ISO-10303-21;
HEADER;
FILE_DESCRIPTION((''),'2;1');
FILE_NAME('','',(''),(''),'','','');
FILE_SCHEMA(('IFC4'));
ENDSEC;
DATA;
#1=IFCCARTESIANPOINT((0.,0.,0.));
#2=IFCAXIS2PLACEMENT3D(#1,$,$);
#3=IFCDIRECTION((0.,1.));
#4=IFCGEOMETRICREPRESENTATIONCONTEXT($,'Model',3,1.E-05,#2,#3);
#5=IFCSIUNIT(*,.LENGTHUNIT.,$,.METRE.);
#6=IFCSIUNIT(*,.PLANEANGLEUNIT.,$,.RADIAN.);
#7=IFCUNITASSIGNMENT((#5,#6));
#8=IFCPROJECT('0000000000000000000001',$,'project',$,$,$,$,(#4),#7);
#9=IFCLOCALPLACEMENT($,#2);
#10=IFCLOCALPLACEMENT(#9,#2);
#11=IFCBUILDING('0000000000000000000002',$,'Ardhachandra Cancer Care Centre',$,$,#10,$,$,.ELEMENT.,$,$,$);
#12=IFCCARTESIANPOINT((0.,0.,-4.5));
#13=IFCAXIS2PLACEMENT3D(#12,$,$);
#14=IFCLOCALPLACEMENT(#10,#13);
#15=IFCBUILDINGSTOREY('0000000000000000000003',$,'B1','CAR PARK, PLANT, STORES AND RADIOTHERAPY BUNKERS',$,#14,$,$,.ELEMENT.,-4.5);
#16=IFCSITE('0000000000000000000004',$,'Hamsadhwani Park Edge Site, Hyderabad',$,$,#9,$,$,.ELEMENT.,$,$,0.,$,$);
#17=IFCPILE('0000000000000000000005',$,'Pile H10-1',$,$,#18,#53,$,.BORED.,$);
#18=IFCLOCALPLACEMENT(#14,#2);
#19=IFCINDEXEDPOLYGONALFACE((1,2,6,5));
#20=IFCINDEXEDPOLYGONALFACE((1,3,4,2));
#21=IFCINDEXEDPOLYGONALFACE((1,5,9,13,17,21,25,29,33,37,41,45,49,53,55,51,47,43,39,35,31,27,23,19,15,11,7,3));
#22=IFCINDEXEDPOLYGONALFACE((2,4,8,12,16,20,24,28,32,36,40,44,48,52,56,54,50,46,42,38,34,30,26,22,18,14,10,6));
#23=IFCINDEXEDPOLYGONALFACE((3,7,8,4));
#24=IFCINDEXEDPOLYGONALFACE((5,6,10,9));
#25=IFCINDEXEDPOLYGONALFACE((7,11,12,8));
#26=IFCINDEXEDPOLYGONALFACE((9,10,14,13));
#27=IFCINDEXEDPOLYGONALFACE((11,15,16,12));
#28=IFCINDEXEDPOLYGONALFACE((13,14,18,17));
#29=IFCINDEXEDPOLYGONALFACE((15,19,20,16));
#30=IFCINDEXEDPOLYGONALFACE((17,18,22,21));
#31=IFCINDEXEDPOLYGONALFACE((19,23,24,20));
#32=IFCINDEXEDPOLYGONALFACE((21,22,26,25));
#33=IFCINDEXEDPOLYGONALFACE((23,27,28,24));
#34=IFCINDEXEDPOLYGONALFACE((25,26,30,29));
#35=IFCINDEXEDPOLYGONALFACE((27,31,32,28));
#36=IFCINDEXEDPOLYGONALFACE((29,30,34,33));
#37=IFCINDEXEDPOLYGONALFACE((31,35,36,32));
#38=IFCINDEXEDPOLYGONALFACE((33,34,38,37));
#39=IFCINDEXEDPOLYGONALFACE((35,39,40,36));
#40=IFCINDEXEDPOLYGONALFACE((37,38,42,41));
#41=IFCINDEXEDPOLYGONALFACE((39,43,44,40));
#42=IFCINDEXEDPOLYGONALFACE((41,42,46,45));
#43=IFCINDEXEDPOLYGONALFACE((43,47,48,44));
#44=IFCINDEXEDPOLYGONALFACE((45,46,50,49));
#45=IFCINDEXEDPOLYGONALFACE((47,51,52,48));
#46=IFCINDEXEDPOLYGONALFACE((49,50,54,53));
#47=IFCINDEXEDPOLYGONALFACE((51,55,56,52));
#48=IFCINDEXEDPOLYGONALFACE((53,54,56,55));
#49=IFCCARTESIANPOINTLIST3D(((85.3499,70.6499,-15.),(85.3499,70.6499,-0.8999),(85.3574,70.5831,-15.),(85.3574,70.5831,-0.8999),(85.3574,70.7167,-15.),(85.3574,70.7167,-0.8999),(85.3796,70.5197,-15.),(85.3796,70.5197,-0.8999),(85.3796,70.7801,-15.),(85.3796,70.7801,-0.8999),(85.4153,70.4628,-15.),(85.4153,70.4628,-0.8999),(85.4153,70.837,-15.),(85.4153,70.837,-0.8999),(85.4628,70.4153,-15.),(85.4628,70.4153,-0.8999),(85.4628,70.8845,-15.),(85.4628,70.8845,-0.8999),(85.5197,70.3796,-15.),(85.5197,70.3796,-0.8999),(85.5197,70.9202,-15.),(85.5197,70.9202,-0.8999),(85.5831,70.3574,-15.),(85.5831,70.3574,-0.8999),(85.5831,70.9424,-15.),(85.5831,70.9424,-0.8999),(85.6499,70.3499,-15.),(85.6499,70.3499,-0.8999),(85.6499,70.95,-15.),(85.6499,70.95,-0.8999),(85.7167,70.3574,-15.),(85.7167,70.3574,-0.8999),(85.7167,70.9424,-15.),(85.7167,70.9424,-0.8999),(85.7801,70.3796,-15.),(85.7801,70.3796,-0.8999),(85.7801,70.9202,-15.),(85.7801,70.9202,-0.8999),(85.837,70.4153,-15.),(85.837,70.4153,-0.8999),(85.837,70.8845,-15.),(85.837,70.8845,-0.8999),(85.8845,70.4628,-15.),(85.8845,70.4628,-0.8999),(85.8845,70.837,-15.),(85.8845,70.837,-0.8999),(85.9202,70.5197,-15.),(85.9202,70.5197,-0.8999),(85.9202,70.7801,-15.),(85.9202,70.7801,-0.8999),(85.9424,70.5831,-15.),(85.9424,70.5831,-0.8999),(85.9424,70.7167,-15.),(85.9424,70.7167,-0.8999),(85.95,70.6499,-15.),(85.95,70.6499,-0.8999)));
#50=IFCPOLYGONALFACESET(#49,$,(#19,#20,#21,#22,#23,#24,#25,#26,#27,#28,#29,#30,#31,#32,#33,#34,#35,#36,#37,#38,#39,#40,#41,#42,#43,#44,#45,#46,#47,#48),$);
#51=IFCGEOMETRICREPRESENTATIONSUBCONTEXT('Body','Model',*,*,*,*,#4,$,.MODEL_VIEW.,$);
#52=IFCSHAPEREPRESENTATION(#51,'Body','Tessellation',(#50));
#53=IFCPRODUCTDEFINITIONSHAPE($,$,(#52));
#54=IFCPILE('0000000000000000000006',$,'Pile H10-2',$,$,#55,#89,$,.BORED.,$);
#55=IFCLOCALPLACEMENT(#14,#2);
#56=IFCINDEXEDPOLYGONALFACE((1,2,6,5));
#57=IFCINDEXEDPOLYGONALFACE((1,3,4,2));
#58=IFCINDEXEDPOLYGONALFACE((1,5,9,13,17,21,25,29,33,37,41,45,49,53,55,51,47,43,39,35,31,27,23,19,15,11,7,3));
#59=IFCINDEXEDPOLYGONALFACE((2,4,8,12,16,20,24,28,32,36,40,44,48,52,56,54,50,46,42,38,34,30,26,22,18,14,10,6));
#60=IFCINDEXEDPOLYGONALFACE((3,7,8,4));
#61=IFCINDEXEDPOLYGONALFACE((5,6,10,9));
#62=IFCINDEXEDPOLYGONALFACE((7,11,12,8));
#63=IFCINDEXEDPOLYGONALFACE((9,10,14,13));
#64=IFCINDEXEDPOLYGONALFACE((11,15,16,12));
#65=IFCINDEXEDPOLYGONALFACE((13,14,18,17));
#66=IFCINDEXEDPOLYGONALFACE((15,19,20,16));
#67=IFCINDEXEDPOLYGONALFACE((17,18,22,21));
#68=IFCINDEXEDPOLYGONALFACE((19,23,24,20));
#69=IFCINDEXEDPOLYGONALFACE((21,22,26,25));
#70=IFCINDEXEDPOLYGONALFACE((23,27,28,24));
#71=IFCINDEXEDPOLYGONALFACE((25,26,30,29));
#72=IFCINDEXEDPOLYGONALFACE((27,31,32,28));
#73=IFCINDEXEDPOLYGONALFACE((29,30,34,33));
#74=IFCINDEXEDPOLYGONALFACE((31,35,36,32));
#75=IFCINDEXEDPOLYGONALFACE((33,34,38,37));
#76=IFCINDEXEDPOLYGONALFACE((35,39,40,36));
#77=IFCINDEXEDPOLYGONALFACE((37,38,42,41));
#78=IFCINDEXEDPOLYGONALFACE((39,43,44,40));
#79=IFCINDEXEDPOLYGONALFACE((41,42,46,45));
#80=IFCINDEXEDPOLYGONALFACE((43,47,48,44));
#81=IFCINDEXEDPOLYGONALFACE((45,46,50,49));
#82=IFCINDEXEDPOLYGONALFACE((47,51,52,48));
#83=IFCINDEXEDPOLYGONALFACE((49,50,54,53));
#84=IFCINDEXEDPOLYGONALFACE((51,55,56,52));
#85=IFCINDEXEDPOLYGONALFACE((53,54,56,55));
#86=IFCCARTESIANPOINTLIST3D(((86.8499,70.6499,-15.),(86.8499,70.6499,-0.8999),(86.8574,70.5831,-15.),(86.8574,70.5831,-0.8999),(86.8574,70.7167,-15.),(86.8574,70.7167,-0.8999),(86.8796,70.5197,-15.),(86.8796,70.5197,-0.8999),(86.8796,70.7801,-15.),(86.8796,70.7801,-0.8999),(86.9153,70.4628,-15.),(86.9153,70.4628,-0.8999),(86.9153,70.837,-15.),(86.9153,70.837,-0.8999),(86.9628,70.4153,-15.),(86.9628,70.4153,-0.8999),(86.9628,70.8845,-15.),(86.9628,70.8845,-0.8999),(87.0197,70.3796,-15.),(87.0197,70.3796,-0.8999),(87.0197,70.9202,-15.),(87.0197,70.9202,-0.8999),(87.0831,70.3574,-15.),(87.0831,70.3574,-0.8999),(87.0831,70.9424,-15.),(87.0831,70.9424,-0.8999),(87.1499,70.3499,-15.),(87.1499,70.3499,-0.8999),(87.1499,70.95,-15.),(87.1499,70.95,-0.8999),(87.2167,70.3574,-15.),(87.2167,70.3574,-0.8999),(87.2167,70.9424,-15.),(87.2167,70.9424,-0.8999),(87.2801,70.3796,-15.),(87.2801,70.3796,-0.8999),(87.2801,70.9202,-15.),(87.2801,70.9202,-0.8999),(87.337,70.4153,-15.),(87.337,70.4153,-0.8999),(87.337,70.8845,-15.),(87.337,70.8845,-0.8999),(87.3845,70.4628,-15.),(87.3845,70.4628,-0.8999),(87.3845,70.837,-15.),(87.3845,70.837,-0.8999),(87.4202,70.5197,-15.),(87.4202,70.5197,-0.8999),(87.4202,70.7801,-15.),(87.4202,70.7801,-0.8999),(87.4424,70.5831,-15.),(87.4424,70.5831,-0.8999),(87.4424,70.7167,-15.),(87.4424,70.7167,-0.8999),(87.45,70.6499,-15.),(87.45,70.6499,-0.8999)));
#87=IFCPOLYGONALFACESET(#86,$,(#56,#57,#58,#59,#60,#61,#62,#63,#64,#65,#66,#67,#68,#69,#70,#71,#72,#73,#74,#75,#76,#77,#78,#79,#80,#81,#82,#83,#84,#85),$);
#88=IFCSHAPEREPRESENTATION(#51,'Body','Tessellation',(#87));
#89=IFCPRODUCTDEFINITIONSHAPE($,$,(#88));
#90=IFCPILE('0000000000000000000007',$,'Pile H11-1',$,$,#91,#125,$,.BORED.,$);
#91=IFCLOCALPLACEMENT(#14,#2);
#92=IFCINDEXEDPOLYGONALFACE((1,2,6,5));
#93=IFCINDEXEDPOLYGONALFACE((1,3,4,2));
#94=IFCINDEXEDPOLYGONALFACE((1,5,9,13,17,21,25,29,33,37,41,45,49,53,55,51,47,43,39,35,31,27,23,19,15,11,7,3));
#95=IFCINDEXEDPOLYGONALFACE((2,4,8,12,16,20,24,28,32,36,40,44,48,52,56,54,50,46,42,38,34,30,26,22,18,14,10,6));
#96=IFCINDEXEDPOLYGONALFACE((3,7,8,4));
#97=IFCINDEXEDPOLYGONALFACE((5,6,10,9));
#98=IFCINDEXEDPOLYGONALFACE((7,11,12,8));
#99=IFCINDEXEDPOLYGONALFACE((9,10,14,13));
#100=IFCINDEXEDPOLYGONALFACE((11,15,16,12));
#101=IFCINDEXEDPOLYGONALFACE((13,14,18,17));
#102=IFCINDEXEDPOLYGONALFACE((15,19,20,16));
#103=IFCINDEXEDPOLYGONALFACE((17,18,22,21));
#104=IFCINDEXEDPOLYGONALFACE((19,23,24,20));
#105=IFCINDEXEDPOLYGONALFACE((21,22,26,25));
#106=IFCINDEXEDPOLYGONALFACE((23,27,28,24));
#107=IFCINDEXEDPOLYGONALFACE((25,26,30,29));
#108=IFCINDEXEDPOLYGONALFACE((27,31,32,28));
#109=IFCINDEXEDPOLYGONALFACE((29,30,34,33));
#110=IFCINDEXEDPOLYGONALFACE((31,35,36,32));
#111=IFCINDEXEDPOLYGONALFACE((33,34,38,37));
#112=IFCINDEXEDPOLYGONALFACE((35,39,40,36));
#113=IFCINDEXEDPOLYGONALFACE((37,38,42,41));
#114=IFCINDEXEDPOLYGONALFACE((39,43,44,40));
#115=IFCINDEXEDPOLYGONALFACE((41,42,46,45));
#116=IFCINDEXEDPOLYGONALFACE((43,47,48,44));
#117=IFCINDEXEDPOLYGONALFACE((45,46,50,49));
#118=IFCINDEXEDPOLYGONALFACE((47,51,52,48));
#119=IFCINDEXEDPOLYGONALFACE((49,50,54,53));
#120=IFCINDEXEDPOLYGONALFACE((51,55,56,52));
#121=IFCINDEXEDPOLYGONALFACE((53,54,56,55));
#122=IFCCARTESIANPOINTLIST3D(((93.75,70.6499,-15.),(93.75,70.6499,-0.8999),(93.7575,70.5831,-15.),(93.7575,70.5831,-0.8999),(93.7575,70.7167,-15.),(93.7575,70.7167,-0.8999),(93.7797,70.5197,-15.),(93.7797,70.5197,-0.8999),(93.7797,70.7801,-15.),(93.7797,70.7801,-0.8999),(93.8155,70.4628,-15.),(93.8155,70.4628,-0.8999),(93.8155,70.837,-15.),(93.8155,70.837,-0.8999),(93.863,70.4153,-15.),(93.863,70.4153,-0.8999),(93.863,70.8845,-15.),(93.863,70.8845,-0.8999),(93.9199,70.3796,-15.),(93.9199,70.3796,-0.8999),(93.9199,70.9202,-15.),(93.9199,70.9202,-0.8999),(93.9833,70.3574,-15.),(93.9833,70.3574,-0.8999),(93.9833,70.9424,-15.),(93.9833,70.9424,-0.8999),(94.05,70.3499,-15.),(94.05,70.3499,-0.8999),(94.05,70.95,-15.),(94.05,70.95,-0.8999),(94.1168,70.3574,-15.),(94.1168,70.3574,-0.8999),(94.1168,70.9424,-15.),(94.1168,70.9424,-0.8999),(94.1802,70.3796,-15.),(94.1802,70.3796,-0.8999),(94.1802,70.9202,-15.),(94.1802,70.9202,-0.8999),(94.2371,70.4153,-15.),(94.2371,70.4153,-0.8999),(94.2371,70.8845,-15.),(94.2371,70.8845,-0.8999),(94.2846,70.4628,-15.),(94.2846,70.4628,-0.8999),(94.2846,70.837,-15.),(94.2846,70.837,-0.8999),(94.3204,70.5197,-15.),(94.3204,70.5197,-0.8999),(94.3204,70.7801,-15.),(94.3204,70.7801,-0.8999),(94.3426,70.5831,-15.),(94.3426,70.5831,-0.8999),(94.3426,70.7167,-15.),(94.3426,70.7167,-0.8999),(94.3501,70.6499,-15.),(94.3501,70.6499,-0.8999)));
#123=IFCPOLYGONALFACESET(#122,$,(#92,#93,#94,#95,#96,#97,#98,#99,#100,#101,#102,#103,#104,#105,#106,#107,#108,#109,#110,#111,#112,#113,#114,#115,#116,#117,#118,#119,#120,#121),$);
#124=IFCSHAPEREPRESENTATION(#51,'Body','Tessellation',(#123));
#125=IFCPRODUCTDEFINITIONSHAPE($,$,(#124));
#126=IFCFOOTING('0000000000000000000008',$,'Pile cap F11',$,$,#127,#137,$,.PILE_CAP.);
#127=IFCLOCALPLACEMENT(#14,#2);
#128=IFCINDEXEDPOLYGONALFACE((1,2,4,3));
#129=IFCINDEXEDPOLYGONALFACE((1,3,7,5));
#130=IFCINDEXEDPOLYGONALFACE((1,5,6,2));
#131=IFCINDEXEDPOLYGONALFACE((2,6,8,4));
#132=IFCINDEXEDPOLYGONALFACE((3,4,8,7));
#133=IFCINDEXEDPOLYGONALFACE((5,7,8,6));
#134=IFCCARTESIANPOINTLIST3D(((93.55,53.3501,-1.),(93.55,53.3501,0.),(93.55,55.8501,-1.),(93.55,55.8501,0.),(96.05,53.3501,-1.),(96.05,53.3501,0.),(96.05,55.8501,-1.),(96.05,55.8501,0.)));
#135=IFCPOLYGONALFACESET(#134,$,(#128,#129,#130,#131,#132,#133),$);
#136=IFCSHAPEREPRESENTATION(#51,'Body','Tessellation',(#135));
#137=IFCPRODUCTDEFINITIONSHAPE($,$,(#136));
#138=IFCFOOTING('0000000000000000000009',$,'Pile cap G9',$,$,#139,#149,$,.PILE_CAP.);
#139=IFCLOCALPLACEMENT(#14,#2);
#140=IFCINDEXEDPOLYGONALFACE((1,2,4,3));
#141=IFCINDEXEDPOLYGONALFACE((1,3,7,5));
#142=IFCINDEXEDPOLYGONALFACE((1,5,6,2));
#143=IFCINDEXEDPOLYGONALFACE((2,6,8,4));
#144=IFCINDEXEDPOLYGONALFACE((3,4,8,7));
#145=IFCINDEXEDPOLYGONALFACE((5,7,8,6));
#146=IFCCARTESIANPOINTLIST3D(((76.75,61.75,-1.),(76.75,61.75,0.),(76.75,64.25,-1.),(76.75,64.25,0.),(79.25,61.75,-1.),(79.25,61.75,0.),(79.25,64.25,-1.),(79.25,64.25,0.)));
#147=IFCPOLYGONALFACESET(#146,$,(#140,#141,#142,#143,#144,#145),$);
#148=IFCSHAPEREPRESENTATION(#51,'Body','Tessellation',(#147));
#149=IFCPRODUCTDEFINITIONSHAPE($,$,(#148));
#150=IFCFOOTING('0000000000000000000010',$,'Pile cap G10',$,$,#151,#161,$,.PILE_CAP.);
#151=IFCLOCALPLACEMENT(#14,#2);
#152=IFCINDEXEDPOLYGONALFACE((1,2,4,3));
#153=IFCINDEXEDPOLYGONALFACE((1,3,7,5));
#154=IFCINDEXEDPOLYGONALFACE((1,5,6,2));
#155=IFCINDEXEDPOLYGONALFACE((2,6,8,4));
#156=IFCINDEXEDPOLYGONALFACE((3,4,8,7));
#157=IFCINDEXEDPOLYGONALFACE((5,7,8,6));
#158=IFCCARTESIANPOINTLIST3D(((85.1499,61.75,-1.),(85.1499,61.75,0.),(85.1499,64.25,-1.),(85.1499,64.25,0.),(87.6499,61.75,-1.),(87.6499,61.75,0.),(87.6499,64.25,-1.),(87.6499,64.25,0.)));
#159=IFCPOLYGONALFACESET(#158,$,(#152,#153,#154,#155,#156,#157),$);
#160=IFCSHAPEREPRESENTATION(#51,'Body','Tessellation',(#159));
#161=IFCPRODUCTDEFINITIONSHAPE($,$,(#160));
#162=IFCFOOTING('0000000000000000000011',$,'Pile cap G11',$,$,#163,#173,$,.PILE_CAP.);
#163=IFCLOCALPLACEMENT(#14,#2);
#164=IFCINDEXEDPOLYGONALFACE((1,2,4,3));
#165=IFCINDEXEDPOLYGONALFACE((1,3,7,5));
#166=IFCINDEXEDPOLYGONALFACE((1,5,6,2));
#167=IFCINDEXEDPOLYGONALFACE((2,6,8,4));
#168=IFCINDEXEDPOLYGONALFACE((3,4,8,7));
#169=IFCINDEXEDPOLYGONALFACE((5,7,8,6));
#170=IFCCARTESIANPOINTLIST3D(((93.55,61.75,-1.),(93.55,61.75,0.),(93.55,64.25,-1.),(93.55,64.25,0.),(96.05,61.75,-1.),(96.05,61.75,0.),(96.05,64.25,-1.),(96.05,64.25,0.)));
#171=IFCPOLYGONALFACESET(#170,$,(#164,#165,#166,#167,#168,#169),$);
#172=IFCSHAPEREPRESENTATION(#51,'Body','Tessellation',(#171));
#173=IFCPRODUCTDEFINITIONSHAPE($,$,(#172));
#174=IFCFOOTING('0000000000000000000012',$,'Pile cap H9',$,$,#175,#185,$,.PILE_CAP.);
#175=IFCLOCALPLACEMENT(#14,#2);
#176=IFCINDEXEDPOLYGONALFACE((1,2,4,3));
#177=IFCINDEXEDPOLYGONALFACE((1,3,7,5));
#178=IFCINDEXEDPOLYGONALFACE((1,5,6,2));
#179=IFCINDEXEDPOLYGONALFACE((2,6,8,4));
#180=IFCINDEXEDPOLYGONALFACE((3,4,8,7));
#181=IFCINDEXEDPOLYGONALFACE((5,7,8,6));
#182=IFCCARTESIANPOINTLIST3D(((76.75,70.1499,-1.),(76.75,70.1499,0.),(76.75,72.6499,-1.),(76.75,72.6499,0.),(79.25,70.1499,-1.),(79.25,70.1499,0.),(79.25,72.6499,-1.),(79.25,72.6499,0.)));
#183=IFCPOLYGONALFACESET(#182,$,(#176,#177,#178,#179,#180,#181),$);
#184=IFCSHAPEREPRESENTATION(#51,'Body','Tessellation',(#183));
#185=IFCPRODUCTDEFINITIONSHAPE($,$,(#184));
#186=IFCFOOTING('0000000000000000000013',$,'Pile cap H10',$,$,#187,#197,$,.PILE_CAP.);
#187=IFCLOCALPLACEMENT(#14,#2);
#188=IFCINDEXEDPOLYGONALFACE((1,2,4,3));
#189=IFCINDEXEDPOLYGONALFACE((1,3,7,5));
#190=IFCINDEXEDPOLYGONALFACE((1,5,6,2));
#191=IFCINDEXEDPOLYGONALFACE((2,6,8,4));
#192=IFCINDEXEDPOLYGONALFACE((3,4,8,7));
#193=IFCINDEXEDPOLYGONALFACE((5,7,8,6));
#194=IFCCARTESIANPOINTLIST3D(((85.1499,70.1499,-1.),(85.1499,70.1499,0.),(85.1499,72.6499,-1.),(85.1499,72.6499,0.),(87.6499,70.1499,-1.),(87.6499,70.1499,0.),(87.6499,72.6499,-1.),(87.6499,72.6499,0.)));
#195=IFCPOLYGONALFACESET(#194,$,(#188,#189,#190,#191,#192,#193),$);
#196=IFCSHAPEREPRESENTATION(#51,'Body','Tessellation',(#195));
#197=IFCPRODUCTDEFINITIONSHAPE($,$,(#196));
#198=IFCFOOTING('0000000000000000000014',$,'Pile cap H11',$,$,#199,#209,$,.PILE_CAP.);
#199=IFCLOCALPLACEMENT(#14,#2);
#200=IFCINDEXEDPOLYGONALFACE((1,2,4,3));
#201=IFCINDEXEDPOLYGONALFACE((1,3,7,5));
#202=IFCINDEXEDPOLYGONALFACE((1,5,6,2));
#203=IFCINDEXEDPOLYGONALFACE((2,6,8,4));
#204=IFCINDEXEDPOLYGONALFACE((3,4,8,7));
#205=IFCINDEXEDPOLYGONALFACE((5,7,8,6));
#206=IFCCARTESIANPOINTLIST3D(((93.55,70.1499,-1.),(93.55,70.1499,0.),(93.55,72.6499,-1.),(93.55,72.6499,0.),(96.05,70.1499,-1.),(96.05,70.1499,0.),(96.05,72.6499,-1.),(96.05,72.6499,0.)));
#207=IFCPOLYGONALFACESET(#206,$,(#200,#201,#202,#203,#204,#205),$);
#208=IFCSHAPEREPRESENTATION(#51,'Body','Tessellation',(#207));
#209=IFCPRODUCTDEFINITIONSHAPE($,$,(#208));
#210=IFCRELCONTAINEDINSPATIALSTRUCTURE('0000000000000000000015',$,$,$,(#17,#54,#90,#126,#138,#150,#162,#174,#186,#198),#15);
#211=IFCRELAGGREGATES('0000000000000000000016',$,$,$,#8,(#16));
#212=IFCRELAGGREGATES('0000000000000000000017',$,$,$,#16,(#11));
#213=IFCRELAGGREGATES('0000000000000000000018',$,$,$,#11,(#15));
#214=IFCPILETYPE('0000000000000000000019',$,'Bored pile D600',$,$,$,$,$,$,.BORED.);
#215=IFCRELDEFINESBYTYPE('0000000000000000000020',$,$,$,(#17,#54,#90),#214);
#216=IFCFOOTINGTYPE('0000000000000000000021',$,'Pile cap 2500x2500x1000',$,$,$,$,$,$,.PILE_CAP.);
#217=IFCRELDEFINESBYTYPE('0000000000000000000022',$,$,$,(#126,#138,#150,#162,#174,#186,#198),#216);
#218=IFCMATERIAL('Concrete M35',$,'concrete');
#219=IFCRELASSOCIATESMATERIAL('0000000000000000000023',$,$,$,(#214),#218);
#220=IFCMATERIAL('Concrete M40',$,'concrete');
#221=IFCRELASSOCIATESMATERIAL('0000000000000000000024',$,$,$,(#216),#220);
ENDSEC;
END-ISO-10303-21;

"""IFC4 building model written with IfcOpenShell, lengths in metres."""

from ifc_helpers import new_model, si_unit, direction, frame, origin, origin_2d, place, context, subcontext, project, spatial, rectangle, circle, extrude, material, material_profile, profile_set, type_object, element, save


model = new_model("IFC4")

# Units and contexts
model_context = context("Model", 3, precision=1e-05, world=origin(), true_north=direction((0.0, 1.0)))
body_context = subcontext(model_context, "Body", "Model", "MODEL_VIEW")
ifc_project = project(units=[si_unit("LENGTHUNIT", "METRE"), si_unit("PLANEANGLEUNIT", "RADIAN")], contexts=[model_context])

# Site, building, storey
site_placement = place(None, origin())
site = spatial("IfcSite", under=ifc_project, at=site_placement, Name="Hamsadhwani Park Edge Site, Hyderabad", CompositionType="ELEMENT", RefElevation=0.0)
building_placement = place(site_placement, origin())
building = spatial("IfcBuilding", under=site, at=building_placement, Name="Ardhachandra Cancer Care Centre", CompositionType="ELEMENT")
storey_placement = place(building_placement, frame((0.0, 0.0, -4.5)))
storey = spatial("IfcBuildingStorey", under=building, at=storey_placement, Name="B1", Description="CAR PARK, PLANT, STORES AND RADIOTHERAPY BUNKERS", CompositionType="ELEMENT", Elevation=-4.5)

# Piles
ifc_material_1 = material(Name="Concrete M35", Category="concrete")
ifc_material_profile_1 = material_profile(ifc_material_1, circle(Radius=0.3, at=origin_2d()), Name="D600")
ifc_profile_set_1 = profile_set([ifc_material_profile_1], Name="Concrete M35")
pile_type = type_object("IfcPileType", Name="Bored pile D600", PredefinedType="BORED", material=ifc_profile_set_1)
for number, where, z_axis, x_axis, name in (
    (1, (85.6499, 70.6499, -0.8999), (0.0, 0.0, -1.0), (1.0, 0.0, 0.0), "Pile H10-1"),
    (2, (87.1499, 70.6499, -0.8999), (0.0, 0.0, -1.0), (1.0, 0.0, 0.0), "Pile H10-2"),
    (3, (94.05, 70.6499, -0.8999), (0.0, 0.0, -1.0), (1.0, 0.0, 0.0), "Pile H11-1"),
):
    element("IfcPile", number, at=place(storey_placement, frame(where, z_axis=z_axis, x_axis=x_axis)), inside=storey, type_object=pile_type, Name=name, PredefinedType="BORED", context=body_context, shape_type="SweptSolid", body=[
        extrude(circle(Radius=0.3, at=origin_2d()), origin(), (0.0, 0.0, 1.0), 14.1001),
    ])

# Footings
ifc_material_2 = material(Name="Concrete M40", Category="concrete")
footing_type = type_object("IfcFootingType", Name="Pile cap 2500x2500x1000", PredefinedType="PILE_CAP", material=ifc_material_2)
for number, where, z_axis, x_axis, name in (
    (4, (94.8, 54.6001, -1.0), (0.0, 0.0, 1.0), (1.0, 0.0, 0.0), "Pile cap F11"),
    (5, (78.0, 63.0, -1.0), (0.0, 0.0, 1.0), (1.0, 0.0, 0.0), "Pile cap G9"),
    (6, (86.3999, 63.0, -1.0), (0.0, 0.0, 1.0), (1.0, 0.0, 0.0), "Pile cap G10"),
    (7, (94.8, 63.0, -1.0), (0.0, 0.0, 1.0), (1.0, 0.0, 0.0), "Pile cap G11"),
    (8, (78.0, 71.3999, -1.0), (0.0, 0.0, 1.0), (1.0, 0.0, 0.0), "Pile cap H9"),
    (9, (86.3999, 71.3999, -1.0), (0.0, 0.0, 1.0), (1.0, 0.0, 0.0), "Pile cap H10"),
    (10, (94.8, 71.3999, -1.0), (0.0, 0.0, 1.0), (1.0, 0.0, 0.0), "Pile cap H11"),
):
    element("IfcFooting", number, at=place(storey_placement, frame(where, z_axis=z_axis, x_axis=x_axis)), inside=storey, type_object=footing_type, Name=name, PredefinedType="PILE_CAP", context=body_context, shape_type="SweptSolid", body=[
        extrude(rectangle(XDim=2.5, YDim=2.5, at=origin_2d()), origin(), (0.0, 0.0, 1.0), 1.0),
    ])

save(model, "model.ifc")
